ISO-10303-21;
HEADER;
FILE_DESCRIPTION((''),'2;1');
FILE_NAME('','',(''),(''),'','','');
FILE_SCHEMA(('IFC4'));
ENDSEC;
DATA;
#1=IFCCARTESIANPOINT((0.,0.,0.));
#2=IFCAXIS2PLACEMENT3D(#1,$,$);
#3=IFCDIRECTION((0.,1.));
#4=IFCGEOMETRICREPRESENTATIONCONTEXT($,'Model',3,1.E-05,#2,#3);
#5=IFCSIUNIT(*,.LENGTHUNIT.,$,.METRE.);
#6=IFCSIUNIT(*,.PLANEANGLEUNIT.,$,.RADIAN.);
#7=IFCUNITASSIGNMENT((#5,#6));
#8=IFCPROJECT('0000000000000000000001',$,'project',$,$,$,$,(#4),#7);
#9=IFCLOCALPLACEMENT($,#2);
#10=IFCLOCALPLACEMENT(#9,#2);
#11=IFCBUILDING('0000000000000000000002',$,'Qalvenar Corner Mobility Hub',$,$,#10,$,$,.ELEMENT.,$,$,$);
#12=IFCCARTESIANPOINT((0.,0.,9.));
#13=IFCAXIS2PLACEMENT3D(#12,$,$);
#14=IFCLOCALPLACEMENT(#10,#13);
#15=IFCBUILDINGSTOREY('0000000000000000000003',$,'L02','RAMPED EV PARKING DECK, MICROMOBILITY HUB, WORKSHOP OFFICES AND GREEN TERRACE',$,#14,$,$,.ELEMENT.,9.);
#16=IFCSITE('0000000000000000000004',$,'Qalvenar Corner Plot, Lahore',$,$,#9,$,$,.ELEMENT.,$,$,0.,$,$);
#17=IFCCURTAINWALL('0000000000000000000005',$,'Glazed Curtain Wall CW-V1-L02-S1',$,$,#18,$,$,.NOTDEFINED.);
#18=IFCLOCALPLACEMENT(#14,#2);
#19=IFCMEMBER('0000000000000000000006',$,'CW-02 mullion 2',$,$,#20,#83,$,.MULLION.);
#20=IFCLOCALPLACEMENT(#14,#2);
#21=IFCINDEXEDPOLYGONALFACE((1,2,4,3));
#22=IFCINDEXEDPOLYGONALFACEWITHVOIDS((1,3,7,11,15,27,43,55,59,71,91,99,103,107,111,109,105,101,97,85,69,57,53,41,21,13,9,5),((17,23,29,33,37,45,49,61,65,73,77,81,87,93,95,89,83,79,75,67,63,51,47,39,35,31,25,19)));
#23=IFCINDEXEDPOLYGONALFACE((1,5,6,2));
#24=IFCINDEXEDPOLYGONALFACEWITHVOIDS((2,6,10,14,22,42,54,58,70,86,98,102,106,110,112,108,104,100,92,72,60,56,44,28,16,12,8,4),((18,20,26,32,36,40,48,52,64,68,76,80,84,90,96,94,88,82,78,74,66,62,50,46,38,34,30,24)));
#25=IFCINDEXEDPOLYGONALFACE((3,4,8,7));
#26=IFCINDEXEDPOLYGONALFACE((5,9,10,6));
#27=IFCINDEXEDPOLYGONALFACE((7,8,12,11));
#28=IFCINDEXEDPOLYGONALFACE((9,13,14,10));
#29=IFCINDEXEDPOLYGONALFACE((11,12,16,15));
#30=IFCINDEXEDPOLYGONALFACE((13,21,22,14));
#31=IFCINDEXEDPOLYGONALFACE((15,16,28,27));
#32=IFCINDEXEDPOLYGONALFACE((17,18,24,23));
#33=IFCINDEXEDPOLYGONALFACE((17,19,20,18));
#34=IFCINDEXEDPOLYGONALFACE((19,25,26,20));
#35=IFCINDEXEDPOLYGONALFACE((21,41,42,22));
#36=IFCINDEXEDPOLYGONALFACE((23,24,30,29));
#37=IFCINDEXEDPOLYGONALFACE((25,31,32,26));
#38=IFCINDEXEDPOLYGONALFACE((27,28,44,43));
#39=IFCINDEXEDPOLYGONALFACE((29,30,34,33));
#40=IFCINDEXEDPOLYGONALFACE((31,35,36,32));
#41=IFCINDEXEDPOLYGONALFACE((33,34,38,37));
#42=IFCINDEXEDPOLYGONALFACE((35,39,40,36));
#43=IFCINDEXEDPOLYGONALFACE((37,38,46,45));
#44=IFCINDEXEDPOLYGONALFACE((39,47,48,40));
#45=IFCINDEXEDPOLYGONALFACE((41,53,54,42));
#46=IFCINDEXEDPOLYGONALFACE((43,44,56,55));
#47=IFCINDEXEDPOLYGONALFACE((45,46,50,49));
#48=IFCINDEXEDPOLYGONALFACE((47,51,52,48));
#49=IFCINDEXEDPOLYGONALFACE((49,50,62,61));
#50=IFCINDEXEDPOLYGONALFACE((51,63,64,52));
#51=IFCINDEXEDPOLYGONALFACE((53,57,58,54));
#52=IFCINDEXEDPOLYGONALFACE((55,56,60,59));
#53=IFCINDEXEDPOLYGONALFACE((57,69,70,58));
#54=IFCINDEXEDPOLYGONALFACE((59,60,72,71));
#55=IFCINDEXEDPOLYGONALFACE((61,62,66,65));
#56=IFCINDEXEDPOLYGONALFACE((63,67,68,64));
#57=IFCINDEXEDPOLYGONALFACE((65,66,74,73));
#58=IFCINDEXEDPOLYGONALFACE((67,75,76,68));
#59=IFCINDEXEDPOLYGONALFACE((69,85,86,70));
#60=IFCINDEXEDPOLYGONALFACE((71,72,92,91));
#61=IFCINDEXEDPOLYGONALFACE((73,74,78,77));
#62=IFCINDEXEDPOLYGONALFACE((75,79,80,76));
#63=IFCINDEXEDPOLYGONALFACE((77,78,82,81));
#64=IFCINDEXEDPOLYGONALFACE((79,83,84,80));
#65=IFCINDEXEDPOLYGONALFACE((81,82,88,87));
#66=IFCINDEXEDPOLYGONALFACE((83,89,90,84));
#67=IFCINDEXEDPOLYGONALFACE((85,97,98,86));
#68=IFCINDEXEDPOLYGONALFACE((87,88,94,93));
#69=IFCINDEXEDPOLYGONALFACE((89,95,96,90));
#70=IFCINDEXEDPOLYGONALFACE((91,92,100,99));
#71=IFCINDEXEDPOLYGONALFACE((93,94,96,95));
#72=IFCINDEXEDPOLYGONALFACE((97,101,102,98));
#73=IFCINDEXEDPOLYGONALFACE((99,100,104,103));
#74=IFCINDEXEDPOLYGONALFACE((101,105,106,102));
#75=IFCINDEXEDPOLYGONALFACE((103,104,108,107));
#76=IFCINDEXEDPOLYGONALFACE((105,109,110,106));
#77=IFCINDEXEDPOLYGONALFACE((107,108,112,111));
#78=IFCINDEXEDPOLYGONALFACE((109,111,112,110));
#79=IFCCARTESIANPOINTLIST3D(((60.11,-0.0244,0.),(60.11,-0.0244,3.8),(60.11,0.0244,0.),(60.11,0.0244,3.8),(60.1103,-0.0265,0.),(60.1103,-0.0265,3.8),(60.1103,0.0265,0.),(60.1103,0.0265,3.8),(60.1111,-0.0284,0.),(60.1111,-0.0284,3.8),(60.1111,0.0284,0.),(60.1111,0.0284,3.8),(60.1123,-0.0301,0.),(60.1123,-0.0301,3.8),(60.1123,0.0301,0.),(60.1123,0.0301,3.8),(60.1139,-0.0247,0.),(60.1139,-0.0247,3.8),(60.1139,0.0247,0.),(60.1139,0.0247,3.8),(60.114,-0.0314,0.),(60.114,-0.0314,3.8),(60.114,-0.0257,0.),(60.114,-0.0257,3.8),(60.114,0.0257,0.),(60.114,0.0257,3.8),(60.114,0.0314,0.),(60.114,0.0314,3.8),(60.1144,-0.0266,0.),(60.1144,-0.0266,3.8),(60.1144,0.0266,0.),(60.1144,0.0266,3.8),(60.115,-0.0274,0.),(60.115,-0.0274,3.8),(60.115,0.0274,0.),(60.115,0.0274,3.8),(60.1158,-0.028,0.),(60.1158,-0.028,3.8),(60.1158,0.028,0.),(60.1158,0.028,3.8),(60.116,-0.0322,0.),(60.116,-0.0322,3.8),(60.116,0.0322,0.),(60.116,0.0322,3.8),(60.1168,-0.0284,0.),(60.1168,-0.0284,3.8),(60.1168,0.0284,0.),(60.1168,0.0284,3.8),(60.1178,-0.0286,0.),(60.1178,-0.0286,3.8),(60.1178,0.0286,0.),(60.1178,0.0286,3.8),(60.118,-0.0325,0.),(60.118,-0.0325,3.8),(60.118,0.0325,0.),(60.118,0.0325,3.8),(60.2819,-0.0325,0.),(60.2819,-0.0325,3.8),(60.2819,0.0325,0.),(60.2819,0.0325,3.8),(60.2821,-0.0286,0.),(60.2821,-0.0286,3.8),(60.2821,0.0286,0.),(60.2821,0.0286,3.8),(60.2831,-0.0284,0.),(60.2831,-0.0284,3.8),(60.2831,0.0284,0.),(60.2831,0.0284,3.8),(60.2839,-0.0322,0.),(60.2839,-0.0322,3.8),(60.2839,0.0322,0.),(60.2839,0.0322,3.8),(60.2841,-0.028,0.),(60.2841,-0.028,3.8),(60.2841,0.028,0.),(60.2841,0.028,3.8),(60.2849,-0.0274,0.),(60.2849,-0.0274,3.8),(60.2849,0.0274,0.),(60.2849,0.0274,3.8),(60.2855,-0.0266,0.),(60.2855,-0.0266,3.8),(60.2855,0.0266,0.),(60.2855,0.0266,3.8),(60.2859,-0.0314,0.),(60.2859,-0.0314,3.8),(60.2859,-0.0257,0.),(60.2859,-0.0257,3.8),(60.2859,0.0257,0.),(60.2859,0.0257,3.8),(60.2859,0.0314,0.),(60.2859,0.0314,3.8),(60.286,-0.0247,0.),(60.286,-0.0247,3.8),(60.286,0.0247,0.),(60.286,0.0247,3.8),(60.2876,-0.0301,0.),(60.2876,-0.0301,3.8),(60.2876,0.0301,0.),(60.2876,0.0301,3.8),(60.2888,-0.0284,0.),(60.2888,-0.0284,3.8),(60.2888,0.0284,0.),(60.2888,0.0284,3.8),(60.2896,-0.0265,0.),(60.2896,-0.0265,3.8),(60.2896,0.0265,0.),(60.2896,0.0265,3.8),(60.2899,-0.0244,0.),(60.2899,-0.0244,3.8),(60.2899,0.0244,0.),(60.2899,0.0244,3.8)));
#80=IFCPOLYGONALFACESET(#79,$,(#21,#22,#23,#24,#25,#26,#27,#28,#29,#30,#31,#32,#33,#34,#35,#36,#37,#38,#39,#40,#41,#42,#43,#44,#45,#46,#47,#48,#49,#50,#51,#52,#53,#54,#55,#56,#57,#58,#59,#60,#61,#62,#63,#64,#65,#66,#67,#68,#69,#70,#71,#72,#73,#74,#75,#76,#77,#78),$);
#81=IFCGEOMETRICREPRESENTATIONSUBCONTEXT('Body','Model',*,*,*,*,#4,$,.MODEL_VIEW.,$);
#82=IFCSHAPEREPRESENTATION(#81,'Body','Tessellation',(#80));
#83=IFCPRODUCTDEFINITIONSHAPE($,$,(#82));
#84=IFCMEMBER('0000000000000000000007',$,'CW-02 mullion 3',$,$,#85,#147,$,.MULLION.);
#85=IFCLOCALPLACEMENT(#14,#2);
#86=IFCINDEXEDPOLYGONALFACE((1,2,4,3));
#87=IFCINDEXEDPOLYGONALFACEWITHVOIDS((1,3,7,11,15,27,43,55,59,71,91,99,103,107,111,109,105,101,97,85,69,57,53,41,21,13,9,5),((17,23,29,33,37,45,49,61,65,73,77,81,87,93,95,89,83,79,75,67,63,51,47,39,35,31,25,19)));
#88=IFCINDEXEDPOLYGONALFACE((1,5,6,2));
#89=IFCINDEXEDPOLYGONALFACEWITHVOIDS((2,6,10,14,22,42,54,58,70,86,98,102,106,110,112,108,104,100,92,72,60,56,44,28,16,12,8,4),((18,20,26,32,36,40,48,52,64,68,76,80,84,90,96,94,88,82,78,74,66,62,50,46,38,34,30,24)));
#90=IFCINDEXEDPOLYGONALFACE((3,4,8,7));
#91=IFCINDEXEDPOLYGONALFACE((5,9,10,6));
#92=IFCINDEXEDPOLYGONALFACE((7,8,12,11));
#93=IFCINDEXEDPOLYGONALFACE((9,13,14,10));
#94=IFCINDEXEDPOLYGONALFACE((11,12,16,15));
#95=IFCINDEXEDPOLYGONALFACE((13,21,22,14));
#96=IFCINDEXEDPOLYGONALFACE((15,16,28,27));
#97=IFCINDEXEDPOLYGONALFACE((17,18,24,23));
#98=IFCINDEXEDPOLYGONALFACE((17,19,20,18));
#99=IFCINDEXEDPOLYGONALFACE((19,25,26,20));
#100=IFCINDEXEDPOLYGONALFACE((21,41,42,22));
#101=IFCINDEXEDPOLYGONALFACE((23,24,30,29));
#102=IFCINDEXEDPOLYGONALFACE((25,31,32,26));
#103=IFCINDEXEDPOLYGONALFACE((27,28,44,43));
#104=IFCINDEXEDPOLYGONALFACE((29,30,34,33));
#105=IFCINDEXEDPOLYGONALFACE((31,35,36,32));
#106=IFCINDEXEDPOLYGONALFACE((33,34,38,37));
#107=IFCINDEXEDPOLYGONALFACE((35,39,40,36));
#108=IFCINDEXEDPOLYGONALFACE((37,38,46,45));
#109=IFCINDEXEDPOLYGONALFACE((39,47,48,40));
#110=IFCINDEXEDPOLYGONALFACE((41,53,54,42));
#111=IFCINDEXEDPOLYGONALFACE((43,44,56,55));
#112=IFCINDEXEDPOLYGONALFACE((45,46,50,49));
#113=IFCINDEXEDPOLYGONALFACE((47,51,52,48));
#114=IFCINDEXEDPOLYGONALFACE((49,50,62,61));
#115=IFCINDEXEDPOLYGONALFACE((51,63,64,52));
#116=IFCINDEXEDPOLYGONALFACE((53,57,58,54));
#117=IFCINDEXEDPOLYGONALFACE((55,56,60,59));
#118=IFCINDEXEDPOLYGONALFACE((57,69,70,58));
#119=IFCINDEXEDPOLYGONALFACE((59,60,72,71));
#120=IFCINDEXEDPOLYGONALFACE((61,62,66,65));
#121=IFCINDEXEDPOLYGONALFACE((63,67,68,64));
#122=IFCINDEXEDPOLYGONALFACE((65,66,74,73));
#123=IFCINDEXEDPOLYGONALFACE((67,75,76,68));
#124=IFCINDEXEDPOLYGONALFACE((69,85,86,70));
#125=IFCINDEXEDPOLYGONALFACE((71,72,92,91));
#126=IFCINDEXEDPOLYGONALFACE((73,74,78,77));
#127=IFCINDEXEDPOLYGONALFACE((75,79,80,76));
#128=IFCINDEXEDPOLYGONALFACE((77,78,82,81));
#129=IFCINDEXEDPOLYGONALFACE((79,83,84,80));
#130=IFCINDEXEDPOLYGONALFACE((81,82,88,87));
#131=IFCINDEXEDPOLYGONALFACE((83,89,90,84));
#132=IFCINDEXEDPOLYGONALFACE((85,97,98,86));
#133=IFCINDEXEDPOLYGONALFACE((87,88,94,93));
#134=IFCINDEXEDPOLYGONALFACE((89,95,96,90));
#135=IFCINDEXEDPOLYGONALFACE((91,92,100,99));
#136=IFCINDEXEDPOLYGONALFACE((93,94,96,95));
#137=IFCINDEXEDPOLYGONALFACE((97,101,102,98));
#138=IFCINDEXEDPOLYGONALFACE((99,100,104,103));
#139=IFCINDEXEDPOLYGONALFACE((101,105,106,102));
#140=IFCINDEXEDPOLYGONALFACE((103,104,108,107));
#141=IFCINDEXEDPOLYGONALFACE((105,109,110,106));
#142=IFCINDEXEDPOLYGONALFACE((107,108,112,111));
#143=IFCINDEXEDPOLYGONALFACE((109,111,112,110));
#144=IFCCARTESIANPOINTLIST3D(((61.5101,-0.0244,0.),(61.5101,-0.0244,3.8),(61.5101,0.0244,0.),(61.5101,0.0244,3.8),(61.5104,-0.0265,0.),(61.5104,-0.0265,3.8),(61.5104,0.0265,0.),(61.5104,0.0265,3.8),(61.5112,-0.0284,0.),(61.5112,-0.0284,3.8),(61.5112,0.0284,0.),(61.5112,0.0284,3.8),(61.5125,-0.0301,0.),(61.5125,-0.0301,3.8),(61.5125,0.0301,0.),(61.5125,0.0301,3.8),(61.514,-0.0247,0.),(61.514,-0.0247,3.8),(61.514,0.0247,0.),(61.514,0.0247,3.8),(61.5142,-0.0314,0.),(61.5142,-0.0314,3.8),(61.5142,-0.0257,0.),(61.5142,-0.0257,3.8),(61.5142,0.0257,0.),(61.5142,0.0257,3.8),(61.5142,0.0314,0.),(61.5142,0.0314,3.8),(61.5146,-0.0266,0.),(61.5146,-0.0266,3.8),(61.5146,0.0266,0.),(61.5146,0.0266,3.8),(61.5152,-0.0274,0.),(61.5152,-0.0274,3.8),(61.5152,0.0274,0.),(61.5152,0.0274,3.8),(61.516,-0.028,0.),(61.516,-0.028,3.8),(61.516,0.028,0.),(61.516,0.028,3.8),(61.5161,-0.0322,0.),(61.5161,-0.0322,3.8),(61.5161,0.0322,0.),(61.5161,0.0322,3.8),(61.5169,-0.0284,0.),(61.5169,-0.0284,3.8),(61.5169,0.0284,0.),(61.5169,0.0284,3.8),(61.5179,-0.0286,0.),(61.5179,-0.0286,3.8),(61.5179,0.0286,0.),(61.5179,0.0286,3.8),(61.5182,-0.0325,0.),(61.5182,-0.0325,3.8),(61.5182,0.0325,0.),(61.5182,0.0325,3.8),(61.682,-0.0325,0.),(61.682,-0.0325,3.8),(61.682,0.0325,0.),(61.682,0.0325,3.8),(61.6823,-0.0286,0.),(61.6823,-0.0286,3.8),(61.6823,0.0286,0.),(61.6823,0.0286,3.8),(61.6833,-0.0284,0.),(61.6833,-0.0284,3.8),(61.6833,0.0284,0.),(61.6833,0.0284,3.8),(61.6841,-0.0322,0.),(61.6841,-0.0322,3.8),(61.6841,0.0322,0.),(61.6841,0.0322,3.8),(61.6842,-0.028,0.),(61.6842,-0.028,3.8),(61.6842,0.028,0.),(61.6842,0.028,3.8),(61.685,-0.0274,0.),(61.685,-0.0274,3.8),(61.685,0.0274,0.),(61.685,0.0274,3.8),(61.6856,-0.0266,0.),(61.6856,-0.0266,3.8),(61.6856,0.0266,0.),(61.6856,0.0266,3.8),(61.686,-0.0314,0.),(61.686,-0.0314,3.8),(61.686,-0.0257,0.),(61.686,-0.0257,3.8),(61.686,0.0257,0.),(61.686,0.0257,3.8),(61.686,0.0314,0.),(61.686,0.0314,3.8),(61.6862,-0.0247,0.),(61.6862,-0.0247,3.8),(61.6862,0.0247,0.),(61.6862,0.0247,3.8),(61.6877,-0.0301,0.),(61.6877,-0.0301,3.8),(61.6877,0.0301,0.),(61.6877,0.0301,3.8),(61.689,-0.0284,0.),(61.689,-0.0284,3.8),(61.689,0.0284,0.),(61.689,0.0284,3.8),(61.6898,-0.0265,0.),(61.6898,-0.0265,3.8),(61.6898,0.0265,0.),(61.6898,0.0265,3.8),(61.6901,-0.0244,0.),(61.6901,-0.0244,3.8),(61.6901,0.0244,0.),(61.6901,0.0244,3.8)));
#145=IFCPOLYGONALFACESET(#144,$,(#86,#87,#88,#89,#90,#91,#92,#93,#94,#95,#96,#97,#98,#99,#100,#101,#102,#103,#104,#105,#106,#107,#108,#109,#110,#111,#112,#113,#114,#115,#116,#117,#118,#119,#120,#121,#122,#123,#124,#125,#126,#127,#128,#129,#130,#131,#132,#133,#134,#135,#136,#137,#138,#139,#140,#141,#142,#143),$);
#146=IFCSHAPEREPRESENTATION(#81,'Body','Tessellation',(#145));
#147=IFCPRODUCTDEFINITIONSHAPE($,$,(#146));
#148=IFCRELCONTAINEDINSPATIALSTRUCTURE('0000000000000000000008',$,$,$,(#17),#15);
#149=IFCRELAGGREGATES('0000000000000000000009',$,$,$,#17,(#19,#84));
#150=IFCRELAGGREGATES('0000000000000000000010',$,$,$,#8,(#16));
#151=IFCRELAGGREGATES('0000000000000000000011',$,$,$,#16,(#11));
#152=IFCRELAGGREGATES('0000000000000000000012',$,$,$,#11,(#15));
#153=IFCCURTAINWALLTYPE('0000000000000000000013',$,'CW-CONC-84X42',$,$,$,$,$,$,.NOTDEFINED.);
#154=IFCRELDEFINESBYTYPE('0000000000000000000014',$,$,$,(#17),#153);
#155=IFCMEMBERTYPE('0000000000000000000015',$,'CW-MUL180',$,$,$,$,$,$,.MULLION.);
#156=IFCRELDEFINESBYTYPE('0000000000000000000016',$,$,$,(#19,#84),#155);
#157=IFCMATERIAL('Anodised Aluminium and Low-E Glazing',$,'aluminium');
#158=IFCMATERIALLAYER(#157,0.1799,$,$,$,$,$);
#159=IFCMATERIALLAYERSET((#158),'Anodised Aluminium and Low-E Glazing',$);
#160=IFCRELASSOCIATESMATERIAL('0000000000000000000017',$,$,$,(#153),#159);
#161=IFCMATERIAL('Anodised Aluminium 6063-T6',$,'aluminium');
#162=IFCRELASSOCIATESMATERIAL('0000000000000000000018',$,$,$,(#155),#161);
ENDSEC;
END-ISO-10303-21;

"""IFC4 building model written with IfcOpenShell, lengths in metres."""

from ifc_helpers import new_model, si_unit, direction, frame, origin, origin_2d, place, context, subcontext, project, spatial, hollow_rectangle, extrude, material, layer, layer_set, material_profile, profile_set, type_object, element, aggregate, save


model = new_model("IFC4")

# Units and contexts
model_context = context("Model", 3, precision=1e-05, world=origin(), true_north=direction((0.0, 1.0)))
body_context = subcontext(model_context, "Body", "Model", "MODEL_VIEW")
ifc_project = project(units=[si_unit("LENGTHUNIT", "METRE"), si_unit("PLANEANGLEUNIT", "RADIAN")], contexts=[model_context])

# Site, building, storey
site_placement = place(None, origin())
site = spatial("IfcSite", under=ifc_project, at=site_placement, Name="Qalvenar Corner Plot, Lahore", CompositionType="ELEMENT", RefElevation=0.0)
building_placement = place(site_placement, origin())
building = spatial("IfcBuilding", under=site, at=building_placement, Name="Qalvenar Corner Mobility Hub", CompositionType="ELEMENT")
storey_placement = place(building_placement, frame((0.0, 0.0, 9.0)))
storey = spatial("IfcBuildingStorey", under=building, at=storey_placement, Name="L02", Description="RAMPED EV PARKING DECK, MICROMOBILITY HUB, WORKSHOP OFFICES AND GREEN TERRACE", CompositionType="ELEMENT", Elevation=9.0)

# Curtain wall, members
ifc_material_1 = material(Name="Anodised Aluminium and Low-E Glazing", Category="aluminium")
ifc_layer_1 = layer(ifc_material_1, 0.1799)
ifc_layer_set_1 = layer_set([ifc_layer_1], Name="Anodised Aluminium and Low-E Glazing")
curtain_wall_type = type_object("IfcCurtainWallType", Name="CW-CONC-84X42", PredefinedType="NOTDEFINED", material=ifc_layer_set_1)
curtain_wall_placement = place(storey_placement, origin())
curtain_wall = element("IfcCurtainWall", 1, at=curtain_wall_placement, inside=storey, type_object=curtain_wall_type, Name="Glazed Curtain Wall CW-V1-L02-S1", PredefinedType="NOTDEFINED")
ifc_material_2 = material(Name="Anodised Aluminium 6063-T6", Category="aluminium")
ifc_material_profile_1 = material_profile(ifc_material_2, hollow_rectangle(XDim=0.0649, YDim=0.1799, WallThickness=0.0039, InnerFilletRadius=0.0039, OuterFilletRadius=0.0081, at=origin_2d()), Name="RHS180x65x4")
ifc_profile_set_1 = profile_set([ifc_material_profile_1], Name="Anodised Aluminium 6063-T6")
member_type_1 = type_object("IfcMemberType", Name="CW-MUL180", PredefinedType="MULLION", material=ifc_profile_set_1)
member_1_placement = place(storey_placement, frame((60.2, 0.0, 0.0), z_axis=(0.0, 0.0, 1.0), x_axis=(0.0, 1.0, 0.0)))
member_1 = element("IfcMember", 2, at=member_1_placement, type_object=member_type_1, Name="CW-02 mullion 2", PredefinedType="MULLION", context=body_context, shape_type="SweptSolid", body=[
    extrude(hollow_rectangle(XDim=0.0649, YDim=0.1799, WallThickness=0.0039, InnerFilletRadius=0.0039, OuterFilletRadius=0.0081, at=origin_2d()), origin(), (0.0, 0.0, 1.0), 3.8),
])
member_2_placement = place(storey_placement, frame((61.6001, 0.0, 0.0), z_axis=(0.0, 0.0, 1.0), x_axis=(0.0, 1.0, 0.0)))
member_2 = element("IfcMember", 3, at=member_2_placement, type_object=member_type_1, Name="CW-02 mullion 3", PredefinedType="MULLION", context=body_context, shape_type="SweptSolid", body=[
    extrude(hollow_rectangle(XDim=0.0649, YDim=0.1799, WallThickness=0.0039, InnerFilletRadius=0.0039, OuterFilletRadius=0.0081, at=origin_2d()), origin(), (0.0, 0.0, 1.0), 3.8),
])

aggregate(curtain_wall, [member_1, member_2])

save(model, "model.ifc")
